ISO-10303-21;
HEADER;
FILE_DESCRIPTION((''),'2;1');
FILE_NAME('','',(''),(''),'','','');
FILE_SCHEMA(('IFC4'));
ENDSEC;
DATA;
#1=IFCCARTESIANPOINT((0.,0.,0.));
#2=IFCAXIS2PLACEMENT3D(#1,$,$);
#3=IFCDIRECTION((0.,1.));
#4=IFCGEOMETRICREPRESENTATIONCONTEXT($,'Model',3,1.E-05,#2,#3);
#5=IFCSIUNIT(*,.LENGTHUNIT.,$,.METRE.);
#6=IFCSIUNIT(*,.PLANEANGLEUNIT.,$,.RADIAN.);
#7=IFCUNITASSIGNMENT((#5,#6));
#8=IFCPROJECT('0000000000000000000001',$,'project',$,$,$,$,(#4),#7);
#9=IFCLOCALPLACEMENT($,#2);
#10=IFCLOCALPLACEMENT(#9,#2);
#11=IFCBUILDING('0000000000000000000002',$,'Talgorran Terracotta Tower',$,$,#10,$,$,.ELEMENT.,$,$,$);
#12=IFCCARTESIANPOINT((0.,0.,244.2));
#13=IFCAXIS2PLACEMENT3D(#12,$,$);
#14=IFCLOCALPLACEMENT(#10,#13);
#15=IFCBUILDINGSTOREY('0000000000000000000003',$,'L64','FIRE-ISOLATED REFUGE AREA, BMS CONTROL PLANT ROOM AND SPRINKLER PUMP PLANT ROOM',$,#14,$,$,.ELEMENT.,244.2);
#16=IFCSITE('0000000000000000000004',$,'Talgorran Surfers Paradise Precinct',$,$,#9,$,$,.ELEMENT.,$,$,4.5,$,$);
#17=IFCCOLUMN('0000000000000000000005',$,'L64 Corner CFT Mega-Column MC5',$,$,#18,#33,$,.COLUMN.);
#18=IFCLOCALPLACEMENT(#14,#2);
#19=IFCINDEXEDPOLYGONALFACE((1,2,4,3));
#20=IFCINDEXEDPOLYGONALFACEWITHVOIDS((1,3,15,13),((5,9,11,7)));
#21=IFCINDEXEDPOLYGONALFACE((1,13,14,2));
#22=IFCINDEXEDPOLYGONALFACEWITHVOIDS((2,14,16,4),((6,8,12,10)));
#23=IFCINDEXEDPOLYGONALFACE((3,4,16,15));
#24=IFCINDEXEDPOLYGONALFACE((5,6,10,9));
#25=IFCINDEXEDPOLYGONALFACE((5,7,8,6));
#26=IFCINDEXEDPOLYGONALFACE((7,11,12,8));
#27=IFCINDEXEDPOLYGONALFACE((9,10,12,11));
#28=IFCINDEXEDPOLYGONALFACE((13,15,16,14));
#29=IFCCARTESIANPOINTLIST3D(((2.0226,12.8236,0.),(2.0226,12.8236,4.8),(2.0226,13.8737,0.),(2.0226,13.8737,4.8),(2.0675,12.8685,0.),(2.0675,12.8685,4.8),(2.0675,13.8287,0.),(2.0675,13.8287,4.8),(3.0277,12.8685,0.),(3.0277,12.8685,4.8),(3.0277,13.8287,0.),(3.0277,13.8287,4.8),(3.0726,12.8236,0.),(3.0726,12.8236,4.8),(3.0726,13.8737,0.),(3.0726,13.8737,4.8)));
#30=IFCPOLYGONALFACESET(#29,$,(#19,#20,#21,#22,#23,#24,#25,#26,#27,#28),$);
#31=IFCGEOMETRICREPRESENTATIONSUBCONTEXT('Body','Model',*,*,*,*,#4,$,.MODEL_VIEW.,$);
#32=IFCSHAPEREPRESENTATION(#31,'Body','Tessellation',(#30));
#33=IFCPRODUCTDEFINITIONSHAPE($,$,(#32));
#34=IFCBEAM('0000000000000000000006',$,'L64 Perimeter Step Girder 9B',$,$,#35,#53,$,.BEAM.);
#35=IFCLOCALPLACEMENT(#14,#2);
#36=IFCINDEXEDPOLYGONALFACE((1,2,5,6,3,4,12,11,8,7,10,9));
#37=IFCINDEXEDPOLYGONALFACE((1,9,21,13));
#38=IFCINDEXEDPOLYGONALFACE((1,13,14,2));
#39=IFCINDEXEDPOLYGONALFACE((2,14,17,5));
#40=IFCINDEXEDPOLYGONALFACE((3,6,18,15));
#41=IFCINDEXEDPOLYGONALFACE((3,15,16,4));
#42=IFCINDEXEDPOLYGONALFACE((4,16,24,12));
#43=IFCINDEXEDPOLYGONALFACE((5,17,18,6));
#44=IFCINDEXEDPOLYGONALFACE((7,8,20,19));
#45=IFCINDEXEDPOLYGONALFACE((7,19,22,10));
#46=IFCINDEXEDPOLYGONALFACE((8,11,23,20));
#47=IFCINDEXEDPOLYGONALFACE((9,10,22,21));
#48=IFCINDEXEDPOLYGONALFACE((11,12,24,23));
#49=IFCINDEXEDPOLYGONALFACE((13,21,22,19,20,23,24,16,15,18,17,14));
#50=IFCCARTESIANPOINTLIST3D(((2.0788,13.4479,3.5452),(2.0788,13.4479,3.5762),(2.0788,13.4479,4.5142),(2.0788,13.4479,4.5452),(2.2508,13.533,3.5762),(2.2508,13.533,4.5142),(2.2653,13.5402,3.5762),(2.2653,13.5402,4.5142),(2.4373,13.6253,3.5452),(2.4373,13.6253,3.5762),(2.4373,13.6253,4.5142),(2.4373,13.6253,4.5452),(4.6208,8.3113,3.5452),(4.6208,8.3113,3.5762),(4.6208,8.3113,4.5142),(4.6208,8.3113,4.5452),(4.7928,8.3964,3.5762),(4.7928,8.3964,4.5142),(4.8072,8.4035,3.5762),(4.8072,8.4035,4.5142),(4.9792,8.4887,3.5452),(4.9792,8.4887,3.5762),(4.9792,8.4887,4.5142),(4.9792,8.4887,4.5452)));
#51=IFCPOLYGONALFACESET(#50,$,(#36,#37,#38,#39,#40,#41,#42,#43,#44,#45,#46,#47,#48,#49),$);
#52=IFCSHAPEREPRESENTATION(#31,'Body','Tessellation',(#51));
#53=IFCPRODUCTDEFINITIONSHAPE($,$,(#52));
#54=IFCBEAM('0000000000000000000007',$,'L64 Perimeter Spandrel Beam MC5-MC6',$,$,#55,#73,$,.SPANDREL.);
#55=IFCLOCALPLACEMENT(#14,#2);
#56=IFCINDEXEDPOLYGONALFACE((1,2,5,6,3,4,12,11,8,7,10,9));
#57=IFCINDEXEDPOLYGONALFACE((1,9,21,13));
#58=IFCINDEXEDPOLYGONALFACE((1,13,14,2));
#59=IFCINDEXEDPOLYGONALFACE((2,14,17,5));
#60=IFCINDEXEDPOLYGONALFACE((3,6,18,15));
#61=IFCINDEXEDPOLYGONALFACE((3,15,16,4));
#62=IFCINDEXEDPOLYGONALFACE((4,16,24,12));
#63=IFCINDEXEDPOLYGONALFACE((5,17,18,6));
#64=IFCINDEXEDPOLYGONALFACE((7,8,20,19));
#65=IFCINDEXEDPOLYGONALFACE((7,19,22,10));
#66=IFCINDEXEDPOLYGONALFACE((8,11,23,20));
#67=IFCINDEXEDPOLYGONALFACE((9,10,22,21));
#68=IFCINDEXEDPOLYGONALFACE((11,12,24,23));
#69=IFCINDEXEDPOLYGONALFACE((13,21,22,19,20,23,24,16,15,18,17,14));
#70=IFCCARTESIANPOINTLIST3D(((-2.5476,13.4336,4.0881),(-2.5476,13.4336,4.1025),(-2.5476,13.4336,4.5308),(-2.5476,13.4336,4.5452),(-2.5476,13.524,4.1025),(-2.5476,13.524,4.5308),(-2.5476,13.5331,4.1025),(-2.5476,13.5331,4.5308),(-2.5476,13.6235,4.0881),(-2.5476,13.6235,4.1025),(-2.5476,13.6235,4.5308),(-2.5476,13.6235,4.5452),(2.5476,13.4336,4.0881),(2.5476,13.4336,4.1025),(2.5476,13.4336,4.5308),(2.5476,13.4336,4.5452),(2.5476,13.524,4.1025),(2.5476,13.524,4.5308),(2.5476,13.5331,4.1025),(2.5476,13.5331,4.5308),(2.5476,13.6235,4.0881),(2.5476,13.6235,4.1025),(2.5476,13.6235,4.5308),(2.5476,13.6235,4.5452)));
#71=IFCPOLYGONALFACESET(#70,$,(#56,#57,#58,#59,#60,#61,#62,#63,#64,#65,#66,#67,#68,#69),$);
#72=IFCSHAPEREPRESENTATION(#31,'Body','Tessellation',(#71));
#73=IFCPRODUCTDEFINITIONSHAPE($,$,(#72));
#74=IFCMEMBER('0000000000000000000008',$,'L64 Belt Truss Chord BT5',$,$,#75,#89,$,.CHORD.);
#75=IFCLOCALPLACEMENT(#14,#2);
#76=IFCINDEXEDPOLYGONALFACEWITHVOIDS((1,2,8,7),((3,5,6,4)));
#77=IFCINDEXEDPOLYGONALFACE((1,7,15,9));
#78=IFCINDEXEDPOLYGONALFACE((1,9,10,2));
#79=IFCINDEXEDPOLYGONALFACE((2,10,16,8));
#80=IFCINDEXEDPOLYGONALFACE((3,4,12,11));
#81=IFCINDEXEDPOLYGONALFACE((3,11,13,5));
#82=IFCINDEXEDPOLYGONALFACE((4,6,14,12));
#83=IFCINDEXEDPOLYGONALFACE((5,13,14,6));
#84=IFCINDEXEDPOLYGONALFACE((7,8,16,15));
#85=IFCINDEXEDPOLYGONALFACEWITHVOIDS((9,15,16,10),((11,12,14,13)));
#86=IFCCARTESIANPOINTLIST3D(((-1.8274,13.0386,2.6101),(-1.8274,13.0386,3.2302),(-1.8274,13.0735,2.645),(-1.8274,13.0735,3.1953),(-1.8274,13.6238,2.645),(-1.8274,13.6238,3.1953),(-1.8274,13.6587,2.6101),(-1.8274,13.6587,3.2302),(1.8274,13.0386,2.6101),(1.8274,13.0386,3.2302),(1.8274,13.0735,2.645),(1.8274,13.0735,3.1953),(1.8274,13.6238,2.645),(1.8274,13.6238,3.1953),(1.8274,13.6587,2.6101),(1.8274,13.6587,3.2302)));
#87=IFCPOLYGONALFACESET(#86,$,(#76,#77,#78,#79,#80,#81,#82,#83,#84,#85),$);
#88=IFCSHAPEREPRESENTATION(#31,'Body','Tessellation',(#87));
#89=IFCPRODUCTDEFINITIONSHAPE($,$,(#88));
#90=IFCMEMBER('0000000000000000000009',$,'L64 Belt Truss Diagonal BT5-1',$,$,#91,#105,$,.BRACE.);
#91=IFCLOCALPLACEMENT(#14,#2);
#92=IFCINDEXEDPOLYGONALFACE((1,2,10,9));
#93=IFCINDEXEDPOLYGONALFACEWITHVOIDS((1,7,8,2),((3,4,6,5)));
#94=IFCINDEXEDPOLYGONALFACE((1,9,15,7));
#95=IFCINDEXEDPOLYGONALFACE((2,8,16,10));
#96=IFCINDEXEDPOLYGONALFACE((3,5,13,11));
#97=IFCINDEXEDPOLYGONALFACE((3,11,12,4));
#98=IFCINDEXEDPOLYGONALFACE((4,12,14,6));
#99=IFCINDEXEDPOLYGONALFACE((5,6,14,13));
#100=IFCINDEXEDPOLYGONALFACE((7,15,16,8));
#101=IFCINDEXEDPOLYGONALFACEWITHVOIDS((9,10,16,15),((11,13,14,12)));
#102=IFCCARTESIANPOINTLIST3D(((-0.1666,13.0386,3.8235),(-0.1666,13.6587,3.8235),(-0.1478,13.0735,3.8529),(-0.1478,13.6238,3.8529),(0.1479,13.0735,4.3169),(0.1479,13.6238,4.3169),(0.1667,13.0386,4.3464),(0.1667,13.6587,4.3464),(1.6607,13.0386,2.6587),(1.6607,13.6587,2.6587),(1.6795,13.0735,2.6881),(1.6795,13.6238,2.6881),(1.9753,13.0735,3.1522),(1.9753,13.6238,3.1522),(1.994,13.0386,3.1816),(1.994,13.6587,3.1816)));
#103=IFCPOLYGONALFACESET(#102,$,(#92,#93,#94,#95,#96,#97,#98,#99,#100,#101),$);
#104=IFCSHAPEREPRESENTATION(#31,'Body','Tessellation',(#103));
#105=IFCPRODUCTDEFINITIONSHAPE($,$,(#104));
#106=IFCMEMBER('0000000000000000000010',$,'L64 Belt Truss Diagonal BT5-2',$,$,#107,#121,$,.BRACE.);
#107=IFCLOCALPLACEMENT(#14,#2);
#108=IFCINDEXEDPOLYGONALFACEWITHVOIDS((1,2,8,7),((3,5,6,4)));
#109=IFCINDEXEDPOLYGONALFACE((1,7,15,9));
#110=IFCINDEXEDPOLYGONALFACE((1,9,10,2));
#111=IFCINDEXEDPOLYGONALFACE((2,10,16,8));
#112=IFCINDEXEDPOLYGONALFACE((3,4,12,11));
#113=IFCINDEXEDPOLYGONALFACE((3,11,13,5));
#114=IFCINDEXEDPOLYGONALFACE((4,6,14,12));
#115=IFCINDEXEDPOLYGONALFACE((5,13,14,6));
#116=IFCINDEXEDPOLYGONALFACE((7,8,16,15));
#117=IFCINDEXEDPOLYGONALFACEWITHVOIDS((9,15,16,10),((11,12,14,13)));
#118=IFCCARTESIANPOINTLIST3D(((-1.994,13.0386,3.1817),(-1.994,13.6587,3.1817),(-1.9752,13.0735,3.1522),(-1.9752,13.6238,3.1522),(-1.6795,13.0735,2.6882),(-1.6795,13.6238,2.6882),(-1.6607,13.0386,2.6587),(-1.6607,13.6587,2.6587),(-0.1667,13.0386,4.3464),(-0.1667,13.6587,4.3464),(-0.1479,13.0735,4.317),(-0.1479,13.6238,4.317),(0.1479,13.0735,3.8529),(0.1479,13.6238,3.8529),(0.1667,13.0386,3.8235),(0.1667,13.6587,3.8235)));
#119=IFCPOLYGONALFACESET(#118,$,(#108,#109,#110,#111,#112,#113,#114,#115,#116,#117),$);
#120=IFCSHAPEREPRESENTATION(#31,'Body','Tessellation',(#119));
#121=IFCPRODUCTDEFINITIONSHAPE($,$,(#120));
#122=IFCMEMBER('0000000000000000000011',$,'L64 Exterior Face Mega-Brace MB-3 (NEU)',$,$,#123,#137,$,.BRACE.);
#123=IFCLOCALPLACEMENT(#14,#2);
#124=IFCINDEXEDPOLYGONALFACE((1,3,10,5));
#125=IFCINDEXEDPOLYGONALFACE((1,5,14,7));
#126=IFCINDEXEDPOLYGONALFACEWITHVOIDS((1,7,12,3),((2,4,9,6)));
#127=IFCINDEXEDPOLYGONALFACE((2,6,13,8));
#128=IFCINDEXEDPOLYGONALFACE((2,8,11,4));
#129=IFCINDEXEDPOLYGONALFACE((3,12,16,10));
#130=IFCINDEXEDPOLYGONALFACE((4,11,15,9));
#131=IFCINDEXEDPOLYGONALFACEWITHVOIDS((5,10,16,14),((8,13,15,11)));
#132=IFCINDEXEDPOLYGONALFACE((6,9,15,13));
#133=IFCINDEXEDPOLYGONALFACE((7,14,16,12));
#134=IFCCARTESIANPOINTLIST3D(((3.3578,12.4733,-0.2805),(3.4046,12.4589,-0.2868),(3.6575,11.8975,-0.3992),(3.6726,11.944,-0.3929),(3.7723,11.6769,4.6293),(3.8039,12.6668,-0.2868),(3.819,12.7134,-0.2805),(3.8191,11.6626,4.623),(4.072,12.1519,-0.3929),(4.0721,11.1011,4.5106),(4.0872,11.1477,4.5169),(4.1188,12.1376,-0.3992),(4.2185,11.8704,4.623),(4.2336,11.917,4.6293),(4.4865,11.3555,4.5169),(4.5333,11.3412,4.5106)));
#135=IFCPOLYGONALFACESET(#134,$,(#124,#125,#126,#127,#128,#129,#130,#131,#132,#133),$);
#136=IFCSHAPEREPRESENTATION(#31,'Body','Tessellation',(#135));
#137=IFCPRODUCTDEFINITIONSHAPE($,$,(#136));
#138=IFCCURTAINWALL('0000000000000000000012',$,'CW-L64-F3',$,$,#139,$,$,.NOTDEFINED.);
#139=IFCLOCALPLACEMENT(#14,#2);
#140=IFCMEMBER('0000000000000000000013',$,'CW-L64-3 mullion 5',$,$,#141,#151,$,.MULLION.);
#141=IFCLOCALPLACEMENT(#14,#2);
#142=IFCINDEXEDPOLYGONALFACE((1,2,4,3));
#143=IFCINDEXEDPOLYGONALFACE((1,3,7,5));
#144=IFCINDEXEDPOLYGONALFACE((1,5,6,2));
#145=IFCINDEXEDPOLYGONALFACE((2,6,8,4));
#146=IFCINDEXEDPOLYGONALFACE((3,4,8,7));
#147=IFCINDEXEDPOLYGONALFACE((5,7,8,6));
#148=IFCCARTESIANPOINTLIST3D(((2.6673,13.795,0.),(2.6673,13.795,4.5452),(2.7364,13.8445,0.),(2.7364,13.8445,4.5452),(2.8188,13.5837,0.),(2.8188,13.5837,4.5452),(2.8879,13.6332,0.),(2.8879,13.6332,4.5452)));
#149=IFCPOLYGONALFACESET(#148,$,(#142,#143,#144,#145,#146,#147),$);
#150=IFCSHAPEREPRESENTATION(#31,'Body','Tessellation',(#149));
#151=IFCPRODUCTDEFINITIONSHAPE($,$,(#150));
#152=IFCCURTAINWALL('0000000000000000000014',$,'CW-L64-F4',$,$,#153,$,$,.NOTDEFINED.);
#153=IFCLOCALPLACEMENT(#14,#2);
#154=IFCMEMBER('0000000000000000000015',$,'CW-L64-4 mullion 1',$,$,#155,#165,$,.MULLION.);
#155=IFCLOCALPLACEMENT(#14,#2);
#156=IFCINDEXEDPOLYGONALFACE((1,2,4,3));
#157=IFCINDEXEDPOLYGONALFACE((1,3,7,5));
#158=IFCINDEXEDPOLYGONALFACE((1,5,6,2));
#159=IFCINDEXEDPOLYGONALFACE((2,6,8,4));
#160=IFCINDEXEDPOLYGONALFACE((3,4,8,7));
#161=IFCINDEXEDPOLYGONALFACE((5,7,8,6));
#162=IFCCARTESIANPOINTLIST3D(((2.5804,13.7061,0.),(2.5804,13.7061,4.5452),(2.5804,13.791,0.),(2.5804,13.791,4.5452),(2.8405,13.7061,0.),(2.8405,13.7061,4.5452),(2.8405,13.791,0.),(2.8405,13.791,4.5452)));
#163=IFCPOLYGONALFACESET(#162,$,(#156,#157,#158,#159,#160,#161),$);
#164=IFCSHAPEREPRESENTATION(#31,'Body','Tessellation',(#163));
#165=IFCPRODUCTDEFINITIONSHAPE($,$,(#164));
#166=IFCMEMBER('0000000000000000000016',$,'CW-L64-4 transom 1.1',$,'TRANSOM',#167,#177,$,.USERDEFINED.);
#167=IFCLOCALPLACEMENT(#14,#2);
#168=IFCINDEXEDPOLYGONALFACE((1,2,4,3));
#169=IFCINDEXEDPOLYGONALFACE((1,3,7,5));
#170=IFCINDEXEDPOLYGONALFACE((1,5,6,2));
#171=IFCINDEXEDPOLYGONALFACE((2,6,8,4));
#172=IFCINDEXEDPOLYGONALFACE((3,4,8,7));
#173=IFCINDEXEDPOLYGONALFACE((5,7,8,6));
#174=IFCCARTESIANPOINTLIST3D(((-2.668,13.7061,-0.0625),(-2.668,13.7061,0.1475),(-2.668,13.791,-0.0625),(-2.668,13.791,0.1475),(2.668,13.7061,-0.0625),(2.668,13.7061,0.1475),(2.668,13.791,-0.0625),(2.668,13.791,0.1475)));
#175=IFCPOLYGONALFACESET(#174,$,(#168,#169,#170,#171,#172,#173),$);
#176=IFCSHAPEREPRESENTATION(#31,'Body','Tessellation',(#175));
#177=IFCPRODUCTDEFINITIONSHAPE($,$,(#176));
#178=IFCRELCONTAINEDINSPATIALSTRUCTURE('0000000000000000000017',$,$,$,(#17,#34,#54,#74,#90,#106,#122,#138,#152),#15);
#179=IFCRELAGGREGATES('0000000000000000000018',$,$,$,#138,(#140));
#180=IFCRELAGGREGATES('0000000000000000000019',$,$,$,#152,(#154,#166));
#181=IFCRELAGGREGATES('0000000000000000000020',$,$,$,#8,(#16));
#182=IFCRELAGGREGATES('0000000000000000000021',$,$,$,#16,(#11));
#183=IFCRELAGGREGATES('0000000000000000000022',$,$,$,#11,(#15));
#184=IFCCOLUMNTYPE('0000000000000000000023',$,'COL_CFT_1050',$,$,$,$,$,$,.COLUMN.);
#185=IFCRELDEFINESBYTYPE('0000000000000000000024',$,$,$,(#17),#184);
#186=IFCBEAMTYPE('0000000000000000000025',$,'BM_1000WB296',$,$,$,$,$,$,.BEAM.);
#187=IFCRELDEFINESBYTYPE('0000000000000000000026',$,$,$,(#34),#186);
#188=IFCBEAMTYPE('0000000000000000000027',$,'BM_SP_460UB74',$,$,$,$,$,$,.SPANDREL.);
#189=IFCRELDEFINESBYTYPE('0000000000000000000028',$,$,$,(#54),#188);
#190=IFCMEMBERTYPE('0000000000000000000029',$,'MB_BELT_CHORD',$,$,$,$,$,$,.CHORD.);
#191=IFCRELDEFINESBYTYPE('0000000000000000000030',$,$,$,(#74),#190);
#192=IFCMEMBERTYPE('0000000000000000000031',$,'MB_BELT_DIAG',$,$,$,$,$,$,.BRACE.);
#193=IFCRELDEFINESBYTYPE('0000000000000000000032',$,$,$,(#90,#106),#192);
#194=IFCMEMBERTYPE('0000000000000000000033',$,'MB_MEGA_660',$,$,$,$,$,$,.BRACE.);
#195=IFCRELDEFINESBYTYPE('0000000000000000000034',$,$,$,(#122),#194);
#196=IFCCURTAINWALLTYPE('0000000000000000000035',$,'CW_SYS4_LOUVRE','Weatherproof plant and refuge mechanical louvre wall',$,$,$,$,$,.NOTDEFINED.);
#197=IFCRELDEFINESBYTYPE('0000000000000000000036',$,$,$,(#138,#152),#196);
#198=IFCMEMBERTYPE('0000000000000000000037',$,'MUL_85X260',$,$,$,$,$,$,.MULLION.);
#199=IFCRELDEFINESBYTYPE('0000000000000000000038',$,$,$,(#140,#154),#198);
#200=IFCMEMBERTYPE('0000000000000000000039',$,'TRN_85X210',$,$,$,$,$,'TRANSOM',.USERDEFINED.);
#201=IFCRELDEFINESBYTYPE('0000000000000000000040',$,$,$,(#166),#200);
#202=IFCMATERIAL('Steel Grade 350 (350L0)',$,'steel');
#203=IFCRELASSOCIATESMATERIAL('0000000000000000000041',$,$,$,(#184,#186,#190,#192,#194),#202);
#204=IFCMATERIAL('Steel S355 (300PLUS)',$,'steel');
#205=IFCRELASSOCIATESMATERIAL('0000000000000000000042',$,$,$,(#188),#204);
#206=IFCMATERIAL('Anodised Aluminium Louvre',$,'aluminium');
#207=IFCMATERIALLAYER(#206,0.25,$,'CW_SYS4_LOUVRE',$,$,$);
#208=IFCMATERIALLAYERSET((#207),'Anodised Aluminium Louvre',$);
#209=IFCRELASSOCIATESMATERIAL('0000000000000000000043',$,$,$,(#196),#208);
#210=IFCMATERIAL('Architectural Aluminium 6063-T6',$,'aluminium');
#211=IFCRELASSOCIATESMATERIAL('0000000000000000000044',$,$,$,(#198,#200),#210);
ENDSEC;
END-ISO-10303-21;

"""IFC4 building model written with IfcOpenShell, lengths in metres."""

from ifc_helpers import new_model, si_unit, direction, frame, origin, origin_2d, place, context, subcontext, project, spatial, rectangle, hollow_rectangle, i_section, extrude, material, layer, layer_set, material_profile, profile_set, type_object, element, aggregate, save


model = new_model("IFC4")

# Units and contexts
model_context = context("Model", 3, precision=1e-05, world=origin(), true_north=direction((0.0, 1.0)))
body_context = subcontext(model_context, "Body", "Model", "MODEL_VIEW")
ifc_project = project(units=[si_unit("LENGTHUNIT", "METRE"), si_unit("PLANEANGLEUNIT", "RADIAN")], contexts=[model_context])

# Site, building, storey
site_placement = place(None, origin())
site = spatial("IfcSite", under=ifc_project, at=site_placement, Name="Talgorran Surfers Paradise Precinct", CompositionType="ELEMENT", RefElevation=4.5)
building_placement = place(site_placement, origin())
building = spatial("IfcBuilding", under=site, at=building_placement, Name="Talgorran Terracotta Tower", CompositionType="ELEMENT")
storey_placement = place(building_placement, frame((0.0, 0.0, 244.2)))
storey = spatial("IfcBuildingStorey", under=building, at=storey_placement, Name="L64", Description="FIRE-ISOLATED REFUGE AREA, BMS CONTROL PLANT ROOM AND SPRINKLER PUMP PLANT ROOM", CompositionType="ELEMENT", Elevation=244.2)

# Column
ifc_material_1 = material(Name="Steel Grade 350 (350L0)", Category="steel")
ifc_material_profile_1 = material_profile(ifc_material_1, hollow_rectangle(XDim=1.05, YDim=1.05, WallThickness=0.0449, at=origin_2d()), Name="CFT1050X1050X45")
ifc_profile_set_1 = profile_set([ifc_material_profile_1], Name="Steel Grade 350 (350L0)")
column_type = type_object("IfcColumnType", Name="COL_CFT_1050", PredefinedType="COLUMN", material=ifc_profile_set_1)
column_placement = place(storey_placement, frame((2.5476, 13.3486, 0.0), z_axis=(0.0, 0.0, 1.0), x_axis=(1.0, 0.0, 0.0)))
element("IfcColumn", 1, at=column_placement, inside=storey, type_object=column_type, Name="L64 Corner CFT Mega-Column MC5", PredefinedType="COLUMN", context=body_context, shape_type="SweptSolid", body=[
    extrude(hollow_rectangle(XDim=1.05, YDim=1.05, WallThickness=0.0449, at=origin_2d()), origin(), (0.0, 0.0, 1.0), 4.8),
])

# Beams
ifc_material_profile_2 = material_profile(ifc_material_1, i_section(OverallWidth=0.3999, OverallDepth=1.0, WebThickness=0.0161, FlangeThickness=0.031, at=origin_2d()), Name="1000WB296")
ifc_profile_set_2 = profile_set([ifc_material_profile_2], Name="Steel Grade 350 (350L0)")
beam_type_1 = type_object("IfcBeamType", Name="BM_1000WB296", PredefinedType="BEAM", material=ifc_profile_set_2)
beam_1_placement = place(storey_placement, frame((2.2581, 13.5366, 4.0452), z_axis=(0.443529, -0.89626, 0.0), x_axis=(0.89626, 0.443529, 0.0)))
element("IfcBeam", 2, at=beam_1_placement, inside=storey, type_object=beam_type_1, Name="L64 Perimeter Step Girder 9B", PredefinedType="BEAM", context=body_context, shape_type="SweptSolid", body=[
    extrude(i_section(OverallWidth=0.3999, OverallDepth=1.0, WebThickness=0.0161, FlangeThickness=0.031, at=origin_2d()), origin(), (0.0, 0.0, 1.0), 5.7312),
])
ifc_material_2 = material(Name="Steel S355 (300PLUS)", Category="steel")
ifc_material_profile_3 = material_profile(ifc_material_2, i_section(OverallWidth=0.1899, OverallDepth=0.457, WebThickness=0.009, FlangeThickness=0.0144, at=origin_2d()), Name="460UB74.6")
ifc_profile_set_3 = profile_set([ifc_material_profile_3], Name="Steel S355 (300PLUS)")
beam_type_2 = type_object("IfcBeamType", Name="BM_SP_460UB74", PredefinedType="SPANDREL", material=ifc_profile_set_3)
beam_2_placement = place(storey_placement, frame((2.5476, 13.5286, 4.3167), z_axis=(-1.0, 0.0, 0.0), x_axis=(0.0, -1.0, 0.0)))
element("IfcBeam", 3, at=beam_2_placement, inside=storey, type_object=beam_type_2, Name="L64 Perimeter Spandrel Beam MC5-MC6", PredefinedType="SPANDREL", context=body_context, shape_type="SweptSolid", body=[
    extrude(i_section(OverallWidth=0.1899, OverallDepth=0.457, WebThickness=0.009, FlangeThickness=0.0144, at=origin_2d()), origin(), (0.0, 0.0, 1.0), 5.0952),
])

# Members
ifc_material_profile_4 = material_profile(ifc_material_1, hollow_rectangle(XDim=0.6201, YDim=0.6201, WallThickness=0.0349, at=origin_2d()), Name="WBOX620X620X35")
ifc_profile_set_4 = profile_set([ifc_material_profile_4], Name="Steel Grade 350 (350L0)")
member_type_1 = type_object("IfcMemberType", Name="MB_BELT_CHORD", PredefinedType="CHORD", material=ifc_profile_set_4)
member_1_placement = place(storey_placement, frame((1.8274, 13.3486, 2.9202), z_axis=(-1.0, 0.0, 0.0), x_axis=(0.0, -1.0, 0.0)))
element("IfcMember", 4, at=member_1_placement, inside=storey, type_object=member_type_1, Name="L64 Belt Truss Chord BT5", PredefinedType="CHORD", context=body_context, shape_type="SweptSolid", body=[
    extrude(hollow_rectangle(XDim=0.6201, YDim=0.6201, WallThickness=0.0349, at=origin_2d()), origin(), (0.0, 0.0, 1.0), 3.6548),
])
ifc_material_profile_5 = material_profile(ifc_material_1, hollow_rectangle(XDim=0.6201, YDim=0.6201, WallThickness=0.0349, at=origin_2d()), Name="WBOX620X620X35")
ifc_profile_set_5 = profile_set([ifc_material_profile_5], Name="Steel Grade 350 (350L0)")
member_type_2 = type_object("IfcMemberType", Name="MB_BELT_DIAG", PredefinedType="BRACE", material=ifc_profile_set_5)
for number, where, z_axis, x_axis, name in (
    (5, (1.8274, 13.3486, 2.9202), (-0.843262, 0.0, 0.537502), (0.0, -1.0, 0.0), "L64 Belt Truss Diagonal BT5-1"),
    (6, (0.0, 13.3486, 4.085), (-0.843262, 0.0, -0.537502), (0.0, -1.0, 0.0), "L64 Belt Truss Diagonal BT5-2"),
):
    element("IfcMember", number, at=place(storey_placement, frame(where, z_axis=z_axis, x_axis=x_axis)), inside=storey, type_object=member_type_2, Name=name, PredefinedType="BRACE", context=body_context, shape_type="SweptSolid", body=[
        extrude(hollow_rectangle(XDim=0.6201, YDim=0.6201, WallThickness=0.0349, at=origin_2d()), origin(), (0.0, 0.0, 1.0), 2.167),
    ])
ifc_material_profile_6 = material_profile(ifc_material_1, hollow_rectangle(XDim=0.52, YDim=0.6599, WallThickness=0.0349, at=origin_2d()), Name="WBOX660X520X35")
ifc_profile_set_6 = profile_set([ifc_material_profile_6], Name="Steel Grade 350 (350L0)")
member_type_3 = type_object("IfcMemberType", Name="MB_MEGA_660", PredefinedType="BRACE", material=ifc_profile_set_6)
member_2_placement = place(storey_placement, frame((3.7383, 12.3054, -0.3398), z_axis=(0.083054, -0.159554, 0.983689), x_axis=(0.887021, 0.461729, 0.0)))
element("IfcMember", 7, at=member_2_placement, inside=storey, type_object=member_type_3, Name="L64 Exterior Face Mega-Brace MB-3 (NEU)", PredefinedType="BRACE", context=body_context, shape_type="SweptSolid", body=[
    extrude(hollow_rectangle(XDim=0.52, YDim=0.6599, WallThickness=0.0349, at=origin_2d()), origin(), (0.0, 0.0, 1.0), 4.9912),
])

# Curtain wall, member
ifc_material_3 = material(Name="Anodised Aluminium Louvre", Category="aluminium")
ifc_layer_1 = layer(ifc_material_3, 0.25, Name="CW_SYS4_LOUVRE")
ifc_layer_set_1 = layer_set([ifc_layer_1], Name="Anodised Aluminium Louvre")
curtain_wall_type = type_object("IfcCurtainWallType", Name="CW_SYS4_LOUVRE", Description="Weatherproof plant and refuge mechanical louvre wall", PredefinedType="NOTDEFINED", material=ifc_layer_set_1)
curtain_wall_1_placement = place(storey_placement, origin())
curtain_wall_1 = element("IfcCurtainWall", 8, at=curtain_wall_1_placement, inside=storey, type_object=curtain_wall_type, Name="CW-L64-F3", PredefinedType="NOTDEFINED")
ifc_material_4 = material(Name="Architectural Aluminium 6063-T6", Category="aluminium")
ifc_material_profile_7 = material_profile(ifc_material_4, rectangle(XDim=0.085, YDim=0.26, at=origin_2d()), Name="CWM85X260")
ifc_profile_set_7 = profile_set([ifc_material_profile_7], Name="Architectural Aluminium 6063-T6")
member_type_4 = type_object("IfcMemberType", Name="MUL_85X260", PredefinedType="MULLION", material=ifc_profile_set_7)
member_3_placement = place(storey_placement, frame((2.7776, 13.7141, 0.0), z_axis=(0.0, 0.0, 1.0), x_axis=(-0.812713, -0.582665, 0.0)))
member_3 = element("IfcMember", 9, at=member_3_placement, type_object=member_type_4, Name="CW-L64-3 mullion 5", PredefinedType="MULLION", context=body_context, shape_type="SweptSolid", body=[
    extrude(rectangle(XDim=0.085, YDim=0.26, at=origin_2d()), origin(), (0.0, 0.0, 1.0), 4.5452),
])
aggregate(curtain_wall_1, [member_3])

# Curtain wall, members
curtain_wall_2_placement = place(storey_placement, origin())
curtain_wall_2 = element("IfcCurtainWall", 10, at=curtain_wall_2_placement, inside=storey, type_object=curtain_wall_type, Name="CW-L64-F4", PredefinedType="NOTDEFINED")
member_4_placement = place(storey_placement, frame((2.7104, 13.7485, 0.0), z_axis=(0.0, 0.0, 1.0), x_axis=(0.0, -1.0, 0.0)))
member_4 = element("IfcMember", 11, at=member_4_placement, type_object=member_type_4, Name="CW-L64-4 mullion 1", PredefinedType="MULLION", context=body_context, shape_type="SweptSolid", body=[
    extrude(rectangle(XDim=0.085, YDim=0.26, at=origin_2d()), origin(), (0.0, 0.0, 1.0), 4.5452),
])
ifc_material_profile_8 = material_profile(ifc_material_4, rectangle(XDim=0.085, YDim=0.21, at=origin_2d()), Name="CWT85X210")
ifc_profile_set_8 = profile_set([ifc_material_profile_8], Name="Architectural Aluminium 6063-T6")
member_type_5 = type_object("IfcMemberType", Name="TRN_85X210", ElementType="TRANSOM", PredefinedType="USERDEFINED", material=ifc_profile_set_8)
member_5_placement = place(storey_placement, frame((2.668, 13.7485, 0.0425), z_axis=(-1.0, 0.0, 0.0), x_axis=(0.0, -1.0, 0.0)))
member_5 = element("IfcMember", 12, at=member_5_placement, type_object=member_type_5, Name="CW-L64-4 transom 1.1", ObjectType="TRANSOM", PredefinedType="USERDEFINED", context=body_context, shape_type="SweptSolid", body=[
    extrude(rectangle(XDim=0.085, YDim=0.21, at=origin_2d()), origin(), (0.0, 0.0, 1.0), 5.3359),
])

aggregate(curtain_wall_2, [member_4, member_5])

save(model, "model.ifc")
